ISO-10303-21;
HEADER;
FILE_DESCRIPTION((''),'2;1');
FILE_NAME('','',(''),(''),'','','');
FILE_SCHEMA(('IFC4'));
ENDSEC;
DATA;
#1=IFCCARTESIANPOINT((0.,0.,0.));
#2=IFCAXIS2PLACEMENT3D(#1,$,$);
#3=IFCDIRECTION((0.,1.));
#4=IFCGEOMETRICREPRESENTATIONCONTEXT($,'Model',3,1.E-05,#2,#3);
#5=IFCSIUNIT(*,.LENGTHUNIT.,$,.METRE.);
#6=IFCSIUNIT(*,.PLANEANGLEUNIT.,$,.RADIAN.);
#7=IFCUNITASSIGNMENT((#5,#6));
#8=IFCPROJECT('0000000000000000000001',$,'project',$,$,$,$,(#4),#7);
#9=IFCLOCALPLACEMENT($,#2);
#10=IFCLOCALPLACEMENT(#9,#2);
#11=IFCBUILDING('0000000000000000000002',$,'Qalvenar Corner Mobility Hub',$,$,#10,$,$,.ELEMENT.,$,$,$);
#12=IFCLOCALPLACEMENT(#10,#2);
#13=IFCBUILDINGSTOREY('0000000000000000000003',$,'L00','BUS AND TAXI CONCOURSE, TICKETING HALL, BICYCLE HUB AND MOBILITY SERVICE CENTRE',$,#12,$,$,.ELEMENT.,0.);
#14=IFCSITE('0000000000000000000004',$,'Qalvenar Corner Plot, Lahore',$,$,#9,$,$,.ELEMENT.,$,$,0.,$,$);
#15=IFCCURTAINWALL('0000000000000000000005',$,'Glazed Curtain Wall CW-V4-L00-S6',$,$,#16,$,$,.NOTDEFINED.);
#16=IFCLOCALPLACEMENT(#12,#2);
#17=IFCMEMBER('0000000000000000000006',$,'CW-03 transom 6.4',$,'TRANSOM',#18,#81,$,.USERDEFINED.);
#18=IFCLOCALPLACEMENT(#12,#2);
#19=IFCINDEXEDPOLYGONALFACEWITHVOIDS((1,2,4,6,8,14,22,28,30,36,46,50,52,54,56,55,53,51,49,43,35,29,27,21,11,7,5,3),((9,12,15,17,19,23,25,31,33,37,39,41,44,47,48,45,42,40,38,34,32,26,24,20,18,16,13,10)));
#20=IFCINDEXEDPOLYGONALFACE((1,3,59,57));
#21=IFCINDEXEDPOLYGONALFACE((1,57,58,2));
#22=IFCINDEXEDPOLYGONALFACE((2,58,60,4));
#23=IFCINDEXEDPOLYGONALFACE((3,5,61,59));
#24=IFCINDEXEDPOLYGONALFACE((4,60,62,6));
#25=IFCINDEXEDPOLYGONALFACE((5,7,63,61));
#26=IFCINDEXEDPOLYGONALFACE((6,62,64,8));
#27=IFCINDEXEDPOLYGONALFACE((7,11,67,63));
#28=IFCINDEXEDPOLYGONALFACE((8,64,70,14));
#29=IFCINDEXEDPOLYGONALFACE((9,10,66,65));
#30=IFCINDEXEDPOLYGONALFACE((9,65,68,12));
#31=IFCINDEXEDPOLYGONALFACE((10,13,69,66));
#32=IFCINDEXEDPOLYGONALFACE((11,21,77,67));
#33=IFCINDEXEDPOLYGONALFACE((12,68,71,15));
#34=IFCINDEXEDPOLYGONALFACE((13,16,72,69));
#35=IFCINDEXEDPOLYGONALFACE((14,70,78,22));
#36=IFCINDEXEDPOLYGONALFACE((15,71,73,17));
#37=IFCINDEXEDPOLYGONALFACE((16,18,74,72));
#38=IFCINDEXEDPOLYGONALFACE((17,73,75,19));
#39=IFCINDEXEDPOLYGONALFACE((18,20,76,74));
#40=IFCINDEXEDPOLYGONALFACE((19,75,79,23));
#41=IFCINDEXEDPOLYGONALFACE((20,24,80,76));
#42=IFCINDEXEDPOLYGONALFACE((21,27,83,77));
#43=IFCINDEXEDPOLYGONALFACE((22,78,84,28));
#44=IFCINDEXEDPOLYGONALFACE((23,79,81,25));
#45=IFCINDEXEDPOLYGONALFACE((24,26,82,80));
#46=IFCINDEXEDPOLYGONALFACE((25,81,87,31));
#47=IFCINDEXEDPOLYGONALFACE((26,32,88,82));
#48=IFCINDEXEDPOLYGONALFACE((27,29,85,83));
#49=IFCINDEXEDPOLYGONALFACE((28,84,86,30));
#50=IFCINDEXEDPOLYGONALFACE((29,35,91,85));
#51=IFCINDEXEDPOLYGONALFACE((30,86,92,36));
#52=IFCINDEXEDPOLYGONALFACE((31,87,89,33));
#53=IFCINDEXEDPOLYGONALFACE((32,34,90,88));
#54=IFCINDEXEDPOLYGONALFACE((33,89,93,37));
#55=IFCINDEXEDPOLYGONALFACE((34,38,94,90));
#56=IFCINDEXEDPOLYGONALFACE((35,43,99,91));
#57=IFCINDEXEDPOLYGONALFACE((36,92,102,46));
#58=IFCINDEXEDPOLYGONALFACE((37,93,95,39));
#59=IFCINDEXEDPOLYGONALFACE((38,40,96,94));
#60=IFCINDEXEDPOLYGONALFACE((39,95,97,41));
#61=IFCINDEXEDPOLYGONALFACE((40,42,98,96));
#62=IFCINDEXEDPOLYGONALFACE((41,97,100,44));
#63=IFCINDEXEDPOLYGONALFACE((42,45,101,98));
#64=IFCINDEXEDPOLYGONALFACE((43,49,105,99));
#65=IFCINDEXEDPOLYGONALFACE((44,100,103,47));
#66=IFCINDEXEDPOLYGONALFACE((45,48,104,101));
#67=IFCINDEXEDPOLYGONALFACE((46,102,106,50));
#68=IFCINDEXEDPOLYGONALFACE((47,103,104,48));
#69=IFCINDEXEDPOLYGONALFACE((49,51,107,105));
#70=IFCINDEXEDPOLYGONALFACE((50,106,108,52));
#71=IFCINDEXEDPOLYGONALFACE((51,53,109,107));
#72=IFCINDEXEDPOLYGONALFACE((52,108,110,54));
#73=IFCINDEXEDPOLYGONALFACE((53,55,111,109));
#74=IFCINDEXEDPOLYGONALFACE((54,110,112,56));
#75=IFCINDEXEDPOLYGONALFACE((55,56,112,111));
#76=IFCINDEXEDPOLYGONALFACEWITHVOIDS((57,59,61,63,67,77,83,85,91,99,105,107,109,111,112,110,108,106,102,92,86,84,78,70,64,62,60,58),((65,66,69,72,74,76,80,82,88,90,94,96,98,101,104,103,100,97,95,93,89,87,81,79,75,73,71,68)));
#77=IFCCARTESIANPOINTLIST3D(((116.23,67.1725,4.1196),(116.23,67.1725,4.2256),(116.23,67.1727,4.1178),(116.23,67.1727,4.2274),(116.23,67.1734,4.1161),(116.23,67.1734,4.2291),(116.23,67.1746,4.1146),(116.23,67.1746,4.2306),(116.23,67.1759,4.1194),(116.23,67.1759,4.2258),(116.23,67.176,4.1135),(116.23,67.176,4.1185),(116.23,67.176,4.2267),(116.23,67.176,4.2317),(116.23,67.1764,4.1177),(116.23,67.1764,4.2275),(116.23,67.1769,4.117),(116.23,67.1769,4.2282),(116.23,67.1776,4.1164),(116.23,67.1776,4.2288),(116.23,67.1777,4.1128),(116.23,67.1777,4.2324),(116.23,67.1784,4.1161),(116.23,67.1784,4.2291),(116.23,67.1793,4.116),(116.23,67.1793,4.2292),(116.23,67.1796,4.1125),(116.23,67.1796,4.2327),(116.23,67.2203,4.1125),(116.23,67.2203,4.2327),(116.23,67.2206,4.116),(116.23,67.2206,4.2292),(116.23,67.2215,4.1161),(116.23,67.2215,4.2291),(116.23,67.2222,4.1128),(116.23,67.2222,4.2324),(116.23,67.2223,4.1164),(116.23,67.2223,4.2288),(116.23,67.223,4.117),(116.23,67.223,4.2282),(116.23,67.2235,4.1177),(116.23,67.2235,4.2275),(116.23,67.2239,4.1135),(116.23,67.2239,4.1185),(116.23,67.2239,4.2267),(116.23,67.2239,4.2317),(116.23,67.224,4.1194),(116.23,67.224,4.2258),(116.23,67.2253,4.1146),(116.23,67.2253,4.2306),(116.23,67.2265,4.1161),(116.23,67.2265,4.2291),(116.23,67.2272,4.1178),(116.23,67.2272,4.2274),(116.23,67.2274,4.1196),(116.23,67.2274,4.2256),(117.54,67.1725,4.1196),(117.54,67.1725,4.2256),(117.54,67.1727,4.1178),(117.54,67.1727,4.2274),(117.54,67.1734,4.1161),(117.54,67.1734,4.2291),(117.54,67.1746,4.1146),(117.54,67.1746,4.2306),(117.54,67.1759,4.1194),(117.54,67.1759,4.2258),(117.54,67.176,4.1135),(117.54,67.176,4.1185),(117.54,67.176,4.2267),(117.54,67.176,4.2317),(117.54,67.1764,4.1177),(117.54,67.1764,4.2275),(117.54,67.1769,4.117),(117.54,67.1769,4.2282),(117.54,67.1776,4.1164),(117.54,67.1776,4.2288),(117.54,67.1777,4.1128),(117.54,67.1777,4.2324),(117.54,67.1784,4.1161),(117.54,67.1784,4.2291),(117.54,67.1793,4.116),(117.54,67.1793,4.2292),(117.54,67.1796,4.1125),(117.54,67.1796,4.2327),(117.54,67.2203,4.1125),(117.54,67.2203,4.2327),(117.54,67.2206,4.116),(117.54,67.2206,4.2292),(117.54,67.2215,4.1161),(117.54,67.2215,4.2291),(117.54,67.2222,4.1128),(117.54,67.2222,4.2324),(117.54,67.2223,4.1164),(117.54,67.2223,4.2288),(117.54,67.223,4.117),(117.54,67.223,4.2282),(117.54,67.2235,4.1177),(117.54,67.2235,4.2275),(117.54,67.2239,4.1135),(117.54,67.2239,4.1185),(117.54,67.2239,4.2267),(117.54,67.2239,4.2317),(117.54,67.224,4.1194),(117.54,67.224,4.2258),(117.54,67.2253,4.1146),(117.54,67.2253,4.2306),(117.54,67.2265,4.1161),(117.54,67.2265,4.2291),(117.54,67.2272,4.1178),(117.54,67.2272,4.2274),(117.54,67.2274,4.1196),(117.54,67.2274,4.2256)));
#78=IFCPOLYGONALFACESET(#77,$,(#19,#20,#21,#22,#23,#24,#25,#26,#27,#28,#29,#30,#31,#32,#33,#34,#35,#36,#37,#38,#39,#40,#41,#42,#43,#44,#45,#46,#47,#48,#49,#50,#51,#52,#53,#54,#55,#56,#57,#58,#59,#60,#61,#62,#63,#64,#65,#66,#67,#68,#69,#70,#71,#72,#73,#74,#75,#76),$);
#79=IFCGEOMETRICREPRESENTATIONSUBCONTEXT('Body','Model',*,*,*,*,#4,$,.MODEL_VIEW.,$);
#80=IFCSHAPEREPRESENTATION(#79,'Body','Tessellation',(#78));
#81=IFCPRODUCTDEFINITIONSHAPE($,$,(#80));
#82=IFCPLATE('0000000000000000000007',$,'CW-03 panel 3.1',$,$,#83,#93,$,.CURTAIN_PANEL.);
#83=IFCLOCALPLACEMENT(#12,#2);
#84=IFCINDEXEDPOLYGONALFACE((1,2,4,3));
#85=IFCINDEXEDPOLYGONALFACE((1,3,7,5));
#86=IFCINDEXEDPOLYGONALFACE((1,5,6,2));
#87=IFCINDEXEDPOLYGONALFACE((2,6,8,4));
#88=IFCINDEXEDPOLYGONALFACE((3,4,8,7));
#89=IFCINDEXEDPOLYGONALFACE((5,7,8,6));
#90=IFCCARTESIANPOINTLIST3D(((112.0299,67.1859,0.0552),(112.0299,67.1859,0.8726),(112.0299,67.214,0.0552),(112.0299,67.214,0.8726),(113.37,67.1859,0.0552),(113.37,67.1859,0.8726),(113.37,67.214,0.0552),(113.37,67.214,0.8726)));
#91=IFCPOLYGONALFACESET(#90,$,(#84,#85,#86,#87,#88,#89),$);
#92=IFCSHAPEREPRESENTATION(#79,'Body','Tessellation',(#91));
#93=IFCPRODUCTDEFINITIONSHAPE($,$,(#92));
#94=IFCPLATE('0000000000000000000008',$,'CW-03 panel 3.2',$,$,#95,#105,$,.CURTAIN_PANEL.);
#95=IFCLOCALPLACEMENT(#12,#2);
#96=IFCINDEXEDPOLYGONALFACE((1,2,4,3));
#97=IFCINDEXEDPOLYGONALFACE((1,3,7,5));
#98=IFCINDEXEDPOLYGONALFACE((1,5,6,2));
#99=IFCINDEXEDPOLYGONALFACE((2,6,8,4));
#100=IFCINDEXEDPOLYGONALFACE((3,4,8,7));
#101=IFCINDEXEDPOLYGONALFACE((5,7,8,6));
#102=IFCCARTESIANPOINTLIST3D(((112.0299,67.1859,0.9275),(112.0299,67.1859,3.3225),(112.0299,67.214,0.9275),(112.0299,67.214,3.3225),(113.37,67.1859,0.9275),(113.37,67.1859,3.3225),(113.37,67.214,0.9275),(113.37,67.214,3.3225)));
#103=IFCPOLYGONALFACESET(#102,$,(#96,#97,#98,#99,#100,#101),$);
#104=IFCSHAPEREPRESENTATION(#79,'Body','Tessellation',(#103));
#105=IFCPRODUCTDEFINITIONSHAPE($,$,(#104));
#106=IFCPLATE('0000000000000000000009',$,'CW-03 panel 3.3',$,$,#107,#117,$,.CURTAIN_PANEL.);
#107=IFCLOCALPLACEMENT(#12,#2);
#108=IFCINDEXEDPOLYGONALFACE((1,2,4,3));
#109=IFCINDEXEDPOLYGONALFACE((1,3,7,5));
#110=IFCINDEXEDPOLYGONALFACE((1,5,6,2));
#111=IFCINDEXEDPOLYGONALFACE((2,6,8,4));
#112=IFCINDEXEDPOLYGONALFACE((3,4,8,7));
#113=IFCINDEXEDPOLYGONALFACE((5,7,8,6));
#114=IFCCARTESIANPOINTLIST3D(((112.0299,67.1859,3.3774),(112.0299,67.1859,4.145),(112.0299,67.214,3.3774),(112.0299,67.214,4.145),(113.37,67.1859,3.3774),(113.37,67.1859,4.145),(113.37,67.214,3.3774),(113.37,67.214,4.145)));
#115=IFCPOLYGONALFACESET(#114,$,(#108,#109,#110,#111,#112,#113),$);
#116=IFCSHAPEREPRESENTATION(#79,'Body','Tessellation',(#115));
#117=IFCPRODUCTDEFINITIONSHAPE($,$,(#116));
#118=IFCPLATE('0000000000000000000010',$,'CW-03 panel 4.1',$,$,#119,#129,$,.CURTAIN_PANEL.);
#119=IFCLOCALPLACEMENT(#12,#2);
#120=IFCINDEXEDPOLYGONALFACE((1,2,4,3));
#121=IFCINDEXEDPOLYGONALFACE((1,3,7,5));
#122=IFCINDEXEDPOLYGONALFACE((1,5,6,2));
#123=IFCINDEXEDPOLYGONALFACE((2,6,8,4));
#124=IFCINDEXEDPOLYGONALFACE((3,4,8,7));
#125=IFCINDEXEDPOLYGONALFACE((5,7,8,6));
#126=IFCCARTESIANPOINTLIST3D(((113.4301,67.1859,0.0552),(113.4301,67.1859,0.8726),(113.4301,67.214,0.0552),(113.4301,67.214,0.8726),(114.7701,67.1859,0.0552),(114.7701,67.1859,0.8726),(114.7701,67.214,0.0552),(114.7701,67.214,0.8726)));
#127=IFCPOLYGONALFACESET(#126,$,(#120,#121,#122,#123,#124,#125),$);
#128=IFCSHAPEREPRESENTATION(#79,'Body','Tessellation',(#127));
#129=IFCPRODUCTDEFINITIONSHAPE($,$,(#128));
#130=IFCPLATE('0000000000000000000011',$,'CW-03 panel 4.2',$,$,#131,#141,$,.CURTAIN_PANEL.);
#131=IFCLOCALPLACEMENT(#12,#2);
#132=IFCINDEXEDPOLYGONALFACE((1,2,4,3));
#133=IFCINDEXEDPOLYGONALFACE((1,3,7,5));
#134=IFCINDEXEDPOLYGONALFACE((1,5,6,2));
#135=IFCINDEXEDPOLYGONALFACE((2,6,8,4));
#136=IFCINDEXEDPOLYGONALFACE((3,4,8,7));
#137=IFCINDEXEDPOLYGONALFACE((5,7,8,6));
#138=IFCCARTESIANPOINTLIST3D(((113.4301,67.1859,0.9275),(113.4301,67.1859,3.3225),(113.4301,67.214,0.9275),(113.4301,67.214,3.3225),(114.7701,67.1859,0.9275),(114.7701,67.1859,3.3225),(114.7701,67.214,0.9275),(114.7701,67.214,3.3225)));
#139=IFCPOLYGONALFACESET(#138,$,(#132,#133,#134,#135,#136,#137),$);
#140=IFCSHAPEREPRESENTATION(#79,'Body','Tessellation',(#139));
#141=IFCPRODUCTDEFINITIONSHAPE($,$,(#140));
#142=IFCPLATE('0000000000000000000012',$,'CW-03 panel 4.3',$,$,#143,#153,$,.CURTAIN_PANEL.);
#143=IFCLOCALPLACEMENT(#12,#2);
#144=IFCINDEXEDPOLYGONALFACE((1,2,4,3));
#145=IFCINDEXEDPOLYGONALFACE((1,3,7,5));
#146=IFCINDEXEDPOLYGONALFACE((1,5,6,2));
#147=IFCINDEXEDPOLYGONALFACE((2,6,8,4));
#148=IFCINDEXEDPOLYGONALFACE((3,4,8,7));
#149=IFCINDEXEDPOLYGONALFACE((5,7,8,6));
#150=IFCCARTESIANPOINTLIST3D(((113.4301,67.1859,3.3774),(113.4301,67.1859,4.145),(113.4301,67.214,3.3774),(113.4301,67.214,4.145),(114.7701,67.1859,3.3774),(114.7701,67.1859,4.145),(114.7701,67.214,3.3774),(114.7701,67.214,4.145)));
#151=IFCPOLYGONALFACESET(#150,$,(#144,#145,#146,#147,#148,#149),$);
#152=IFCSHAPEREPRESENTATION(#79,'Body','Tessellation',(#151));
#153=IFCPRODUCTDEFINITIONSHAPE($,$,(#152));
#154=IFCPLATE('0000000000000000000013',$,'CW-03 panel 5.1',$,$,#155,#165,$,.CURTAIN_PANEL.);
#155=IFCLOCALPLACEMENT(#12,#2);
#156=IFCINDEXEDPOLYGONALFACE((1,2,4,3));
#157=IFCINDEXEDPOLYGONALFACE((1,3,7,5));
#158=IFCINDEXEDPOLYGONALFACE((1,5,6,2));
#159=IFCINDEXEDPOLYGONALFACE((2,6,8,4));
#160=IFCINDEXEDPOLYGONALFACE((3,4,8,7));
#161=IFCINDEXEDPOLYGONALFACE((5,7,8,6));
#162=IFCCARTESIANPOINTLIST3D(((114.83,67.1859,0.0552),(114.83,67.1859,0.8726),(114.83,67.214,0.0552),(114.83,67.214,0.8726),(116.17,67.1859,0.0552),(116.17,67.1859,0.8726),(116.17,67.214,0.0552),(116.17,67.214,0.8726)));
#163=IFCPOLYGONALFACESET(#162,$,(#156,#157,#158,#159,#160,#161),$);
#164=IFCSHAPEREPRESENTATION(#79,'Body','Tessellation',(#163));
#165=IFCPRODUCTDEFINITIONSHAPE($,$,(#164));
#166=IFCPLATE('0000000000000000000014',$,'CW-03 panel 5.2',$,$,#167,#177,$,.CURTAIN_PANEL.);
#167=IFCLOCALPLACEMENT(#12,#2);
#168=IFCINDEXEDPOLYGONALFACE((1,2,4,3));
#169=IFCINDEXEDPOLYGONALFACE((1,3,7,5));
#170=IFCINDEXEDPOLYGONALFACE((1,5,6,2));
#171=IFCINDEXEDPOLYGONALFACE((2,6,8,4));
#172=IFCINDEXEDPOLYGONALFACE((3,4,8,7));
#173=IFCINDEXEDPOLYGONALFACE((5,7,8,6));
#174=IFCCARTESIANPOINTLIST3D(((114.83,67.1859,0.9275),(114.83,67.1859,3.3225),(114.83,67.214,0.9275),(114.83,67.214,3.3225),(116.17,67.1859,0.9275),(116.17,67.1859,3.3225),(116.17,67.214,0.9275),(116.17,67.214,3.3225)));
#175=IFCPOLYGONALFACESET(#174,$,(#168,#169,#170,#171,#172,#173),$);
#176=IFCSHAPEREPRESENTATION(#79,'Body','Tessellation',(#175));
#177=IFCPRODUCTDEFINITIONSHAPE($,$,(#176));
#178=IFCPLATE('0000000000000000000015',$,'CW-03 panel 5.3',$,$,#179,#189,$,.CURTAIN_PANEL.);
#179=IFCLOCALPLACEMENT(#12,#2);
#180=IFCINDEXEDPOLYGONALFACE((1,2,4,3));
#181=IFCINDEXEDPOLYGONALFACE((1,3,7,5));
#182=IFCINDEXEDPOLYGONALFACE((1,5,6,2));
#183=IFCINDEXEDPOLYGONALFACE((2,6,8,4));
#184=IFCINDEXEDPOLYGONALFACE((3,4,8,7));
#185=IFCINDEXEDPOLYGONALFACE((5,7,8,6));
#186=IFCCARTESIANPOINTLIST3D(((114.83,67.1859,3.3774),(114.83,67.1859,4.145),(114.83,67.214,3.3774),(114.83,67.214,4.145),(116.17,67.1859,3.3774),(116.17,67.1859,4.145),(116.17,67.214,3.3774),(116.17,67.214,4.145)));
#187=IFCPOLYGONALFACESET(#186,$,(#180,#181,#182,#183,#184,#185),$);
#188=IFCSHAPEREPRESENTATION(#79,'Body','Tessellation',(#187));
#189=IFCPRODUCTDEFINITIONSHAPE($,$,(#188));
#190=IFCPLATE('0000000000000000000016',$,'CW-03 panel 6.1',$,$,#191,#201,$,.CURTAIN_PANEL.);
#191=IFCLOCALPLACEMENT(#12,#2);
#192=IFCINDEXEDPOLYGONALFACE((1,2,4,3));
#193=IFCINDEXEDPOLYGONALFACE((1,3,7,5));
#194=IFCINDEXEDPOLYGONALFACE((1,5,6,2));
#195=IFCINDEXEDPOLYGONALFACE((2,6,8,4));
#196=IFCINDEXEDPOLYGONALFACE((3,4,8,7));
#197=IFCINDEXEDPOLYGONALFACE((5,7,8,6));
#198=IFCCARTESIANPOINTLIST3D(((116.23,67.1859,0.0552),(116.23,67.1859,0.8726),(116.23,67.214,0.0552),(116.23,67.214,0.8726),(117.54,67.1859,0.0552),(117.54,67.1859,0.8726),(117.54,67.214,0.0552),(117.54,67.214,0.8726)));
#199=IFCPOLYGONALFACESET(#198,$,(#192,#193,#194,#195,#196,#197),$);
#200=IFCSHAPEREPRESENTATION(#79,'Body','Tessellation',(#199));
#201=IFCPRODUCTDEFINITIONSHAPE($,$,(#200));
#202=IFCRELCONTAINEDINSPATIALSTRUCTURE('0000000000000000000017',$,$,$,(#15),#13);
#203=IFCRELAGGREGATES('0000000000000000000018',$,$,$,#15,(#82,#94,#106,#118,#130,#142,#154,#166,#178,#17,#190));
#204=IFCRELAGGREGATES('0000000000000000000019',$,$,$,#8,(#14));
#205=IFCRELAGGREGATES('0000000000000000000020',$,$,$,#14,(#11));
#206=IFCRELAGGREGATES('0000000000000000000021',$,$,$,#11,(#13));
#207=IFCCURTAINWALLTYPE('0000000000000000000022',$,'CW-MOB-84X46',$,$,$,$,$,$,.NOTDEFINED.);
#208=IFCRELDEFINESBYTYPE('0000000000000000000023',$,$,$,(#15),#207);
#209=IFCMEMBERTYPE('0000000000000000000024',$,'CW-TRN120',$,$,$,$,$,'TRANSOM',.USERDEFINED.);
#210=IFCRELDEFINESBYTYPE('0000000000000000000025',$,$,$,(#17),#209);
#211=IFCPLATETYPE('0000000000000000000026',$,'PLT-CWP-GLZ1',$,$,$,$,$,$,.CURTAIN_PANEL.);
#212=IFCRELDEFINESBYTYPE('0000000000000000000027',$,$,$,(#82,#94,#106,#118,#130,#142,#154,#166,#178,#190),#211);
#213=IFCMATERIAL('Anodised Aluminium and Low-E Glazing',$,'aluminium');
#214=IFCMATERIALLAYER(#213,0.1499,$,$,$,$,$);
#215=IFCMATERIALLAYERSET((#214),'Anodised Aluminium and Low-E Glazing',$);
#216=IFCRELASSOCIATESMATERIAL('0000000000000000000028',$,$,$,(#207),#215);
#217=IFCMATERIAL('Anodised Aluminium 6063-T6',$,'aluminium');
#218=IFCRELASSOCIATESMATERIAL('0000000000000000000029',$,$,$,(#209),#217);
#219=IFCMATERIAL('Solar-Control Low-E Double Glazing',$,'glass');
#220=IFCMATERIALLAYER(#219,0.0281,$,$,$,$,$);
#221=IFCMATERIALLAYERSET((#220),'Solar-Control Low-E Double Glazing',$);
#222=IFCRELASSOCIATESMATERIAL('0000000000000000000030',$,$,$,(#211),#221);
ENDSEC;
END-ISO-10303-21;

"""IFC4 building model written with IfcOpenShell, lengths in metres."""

from ifc_helpers import new_model, si_unit, direction, frame, origin, origin_2d, place, context, subcontext, project, spatial, rectangle, hollow_rectangle, extrude, material, layer, layer_set, material_profile, profile_set, type_object, element, aggregate, save


model = new_model("IFC4")

# Units and contexts
model_context = context("Model", 3, precision=1e-05, world=origin(), true_north=direction((0.0, 1.0)))
body_context = subcontext(model_context, "Body", "Model", "MODEL_VIEW")
ifc_project = project(units=[si_unit("LENGTHUNIT", "METRE"), si_unit("PLANEANGLEUNIT", "RADIAN")], contexts=[model_context])

# Site, building, storey
site_placement = place(None, origin())
site = spatial("IfcSite", under=ifc_project, at=site_placement, Name="Qalvenar Corner Plot, Lahore", CompositionType="ELEMENT", RefElevation=0.0)
building_placement = place(site_placement, origin())
building = spatial("IfcBuilding", under=site, at=building_placement, Name="Qalvenar Corner Mobility Hub", CompositionType="ELEMENT")
storey_placement = place(building_placement, origin())
storey = spatial("IfcBuildingStorey", under=building, at=storey_placement, Name="L00", Description="BUS AND TAXI CONCOURSE, TICKETING HALL, BICYCLE HUB AND MOBILITY SERVICE CENTRE", CompositionType="ELEMENT", Elevation=0.0)

# Curtain wall, member, plates
ifc_material_1 = material(Name="Anodised Aluminium and Low-E Glazing", Category="aluminium")
ifc_layer_1 = layer(ifc_material_1, 0.1499)
ifc_layer_set_1 = layer_set([ifc_layer_1], Name="Anodised Aluminium and Low-E Glazing")
curtain_wall_type = type_object("IfcCurtainWallType", Name="CW-MOB-84X46", PredefinedType="NOTDEFINED", material=ifc_layer_set_1)
curtain_wall_placement = place(storey_placement, origin())
curtain_wall = element("IfcCurtainWall", 1, at=curtain_wall_placement, inside=storey, type_object=curtain_wall_type, Name="Glazed Curtain Wall CW-V4-L00-S6", PredefinedType="NOTDEFINED")
ifc_material_2 = material(Name="Anodised Aluminium 6063-T6", Category="aluminium")
ifc_material_profile_1 = material_profile(ifc_material_2, hollow_rectangle(XDim=0.0549, YDim=0.1201, WallThickness=0.0034, InnerFilletRadius=0.0034, OuterFilletRadius=0.0071, at=origin_2d()), Name="RHS120x55x3.5")
ifc_profile_set_1 = profile_set([ifc_material_profile_1], Name="Anodised Aluminium 6063-T6")
member_type_1 = type_object("IfcMemberType", Name="CW-TRN120", ElementType="TRANSOM", PredefinedType="USERDEFINED", material=ifc_profile_set_1)
member_1_placement = place(storey_placement, frame((116.23, 67.2, 4.1726), z_axis=(1.0, 0.0, 0.0), x_axis=(0.0, 1.0, 0.0)))
member_1 = element("IfcMember", 2, at=member_1_placement, type_object=member_type_1, Name="CW-03 transom 6.4", ObjectType="TRANSOM", PredefinedType="USERDEFINED", context=body_context, shape_type="SweptSolid", body=[
    extrude(hollow_rectangle(XDim=0.0549, YDim=0.1201, WallThickness=0.0034, InnerFilletRadius=0.0034, OuterFilletRadius=0.0071, at=origin_2d()), origin(), (0.0, 0.0, 1.0), 1.3101),
])
ifc_material_3 = material(Name="Solar-Control Low-E Double Glazing", Category="glass")
ifc_layer_2 = layer(ifc_material_3, 0.0281)
ifc_layer_set_2 = layer_set([ifc_layer_2], Name="Solar-Control Low-E Double Glazing")
plate_type = type_object("IfcPlateType", Name="PLT-CWP-GLZ1", PredefinedType="CURTAIN_PANEL", material=ifc_layer_set_2)
plate_1_placement = place(storey_placement, frame((112.7, 67.2, 0.0552), z_axis=(0.0, 0.0, 1.0), x_axis=(1.0, 0.0, 0.0)))
plate_1 = element("IfcPlate", 3, at=plate_1_placement, type_object=plate_type, Name="CW-03 panel 3.1", PredefinedType="CURTAIN_PANEL", context=body_context, shape_type="SweptSolid", body=[
    extrude(rectangle(XDim=1.3401, YDim=0.0281, at=origin_2d()), origin(), (0.0, 0.0, 1.0), 0.8174),
])
plate_2_placement = place(storey_placement, frame((112.7, 67.2, 0.9275), z_axis=(0.0, 0.0, 1.0), x_axis=(1.0, 0.0, 0.0)))
plate_2 = element("IfcPlate", 4, at=plate_2_placement, type_object=plate_type, Name="CW-03 panel 3.2", PredefinedType="CURTAIN_PANEL", context=body_context, shape_type="SweptSolid", body=[
    extrude(rectangle(XDim=1.3401, YDim=0.0281, at=origin_2d()), origin(), (0.0, 0.0, 1.0), 2.395),
])
plate_3_placement = place(storey_placement, frame((112.7, 67.2, 3.3774), z_axis=(0.0, 0.0, 1.0), x_axis=(1.0, 0.0, 0.0)))
plate_3 = element("IfcPlate", 5, at=plate_3_placement, type_object=plate_type, Name="CW-03 panel 3.3", PredefinedType="CURTAIN_PANEL", context=body_context, shape_type="SweptSolid", body=[
    extrude(rectangle(XDim=1.3401, YDim=0.0281, at=origin_2d()), origin(), (0.0, 0.0, 1.0), 0.7676),
])
plate_4_placement = place(storey_placement, frame((114.1001, 67.2, 0.0552), z_axis=(0.0, 0.0, 1.0), x_axis=(1.0, 0.0, 0.0)))
plate_4 = element("IfcPlate", 6, at=plate_4_placement, type_object=plate_type, Name="CW-03 panel 4.1", PredefinedType="CURTAIN_PANEL", context=body_context, shape_type="SweptSolid", body=[
    extrude(rectangle(XDim=1.3401, YDim=0.0281, at=origin_2d()), origin(), (0.0, 0.0, 1.0), 0.8174),
])
plate_5_placement = place(storey_placement, frame((114.1001, 67.2, 0.9275), z_axis=(0.0, 0.0, 1.0), x_axis=(1.0, 0.0, 0.0)))
plate_5 = element("IfcPlate", 7, at=plate_5_placement, type_object=plate_type, Name="CW-03 panel 4.2", PredefinedType="CURTAIN_PANEL", context=body_context, shape_type="SweptSolid", body=[
    extrude(rectangle(XDim=1.3401, YDim=0.0281, at=origin_2d()), origin(), (0.0, 0.0, 1.0), 2.395),
])
plate_6_placement = place(storey_placement, frame((114.1001, 67.2, 3.3774), z_axis=(0.0, 0.0, 1.0), x_axis=(1.0, 0.0, 0.0)))
plate_6 = element("IfcPlate", 8, at=plate_6_placement, type_object=plate_type, Name="CW-03 panel 4.3", PredefinedType="CURTAIN_PANEL", context=body_context, shape_type="SweptSolid", body=[
    extrude(rectangle(XDim=1.3401, YDim=0.0281, at=origin_2d()), origin(), (0.0, 0.0, 1.0), 0.7676),
])
plate_7_placement = place(storey_placement, frame((115.5, 67.2, 0.0552), z_axis=(0.0, 0.0, 1.0), x_axis=(1.0, 0.0, 0.0)))
plate_7 = element("IfcPlate", 9, at=plate_7_placement, type_object=plate_type, Name="CW-03 panel 5.1", PredefinedType="CURTAIN_PANEL", context=body_context, shape_type="SweptSolid", body=[
    extrude(rectangle(XDim=1.3401, YDim=0.0281, at=origin_2d()), origin(), (0.0, 0.0, 1.0), 0.8174),
])
plate_8_placement = place(storey_placement, frame((115.5, 67.2, 0.9275), z_axis=(0.0, 0.0, 1.0), x_axis=(1.0, 0.0, 0.0)))
plate_8 = element("IfcPlate", 10, at=plate_8_placement, type_object=plate_type, Name="CW-03 panel 5.2", PredefinedType="CURTAIN_PANEL", context=body_context, shape_type="SweptSolid", body=[
    extrude(rectangle(XDim=1.3401, YDim=0.0281, at=origin_2d()), origin(), (0.0, 0.0, 1.0), 2.395),
])
plate_9_placement = place(storey_placement, frame((115.5, 67.2, 3.3774), z_axis=(0.0, 0.0, 1.0), x_axis=(1.0, 0.0, 0.0)))
plate_9 = element("IfcPlate", 11, at=plate_9_placement, type_object=plate_type, Name="CW-03 panel 5.3", PredefinedType="CURTAIN_PANEL", context=body_context, shape_type="SweptSolid", body=[
    extrude(rectangle(XDim=1.3401, YDim=0.0281, at=origin_2d()), origin(), (0.0, 0.0, 1.0), 0.7676),
])
plate_10_placement = place(storey_placement, frame((116.885, 67.2, 0.0552), z_axis=(0.0, 0.0, 1.0), x_axis=(1.0, 0.0, 0.0)))
plate_10 = element("IfcPlate", 12, at=plate_10_placement, type_object=plate_type, Name="CW-03 panel 6.1", PredefinedType="CURTAIN_PANEL", context=body_context, shape_type="SweptSolid", body=[
    extrude(rectangle(XDim=1.3101, YDim=0.0281, at=origin_2d()), origin(), (0.0, 0.0, 1.0), 0.8174),
])
aggregate(curtain_wall, [plate_1, plate_2, plate_3, plate_4, plate_5, plate_6, plate_7, plate_8, plate_9, member_1, plate_10])

save(model, "model.ifc")
